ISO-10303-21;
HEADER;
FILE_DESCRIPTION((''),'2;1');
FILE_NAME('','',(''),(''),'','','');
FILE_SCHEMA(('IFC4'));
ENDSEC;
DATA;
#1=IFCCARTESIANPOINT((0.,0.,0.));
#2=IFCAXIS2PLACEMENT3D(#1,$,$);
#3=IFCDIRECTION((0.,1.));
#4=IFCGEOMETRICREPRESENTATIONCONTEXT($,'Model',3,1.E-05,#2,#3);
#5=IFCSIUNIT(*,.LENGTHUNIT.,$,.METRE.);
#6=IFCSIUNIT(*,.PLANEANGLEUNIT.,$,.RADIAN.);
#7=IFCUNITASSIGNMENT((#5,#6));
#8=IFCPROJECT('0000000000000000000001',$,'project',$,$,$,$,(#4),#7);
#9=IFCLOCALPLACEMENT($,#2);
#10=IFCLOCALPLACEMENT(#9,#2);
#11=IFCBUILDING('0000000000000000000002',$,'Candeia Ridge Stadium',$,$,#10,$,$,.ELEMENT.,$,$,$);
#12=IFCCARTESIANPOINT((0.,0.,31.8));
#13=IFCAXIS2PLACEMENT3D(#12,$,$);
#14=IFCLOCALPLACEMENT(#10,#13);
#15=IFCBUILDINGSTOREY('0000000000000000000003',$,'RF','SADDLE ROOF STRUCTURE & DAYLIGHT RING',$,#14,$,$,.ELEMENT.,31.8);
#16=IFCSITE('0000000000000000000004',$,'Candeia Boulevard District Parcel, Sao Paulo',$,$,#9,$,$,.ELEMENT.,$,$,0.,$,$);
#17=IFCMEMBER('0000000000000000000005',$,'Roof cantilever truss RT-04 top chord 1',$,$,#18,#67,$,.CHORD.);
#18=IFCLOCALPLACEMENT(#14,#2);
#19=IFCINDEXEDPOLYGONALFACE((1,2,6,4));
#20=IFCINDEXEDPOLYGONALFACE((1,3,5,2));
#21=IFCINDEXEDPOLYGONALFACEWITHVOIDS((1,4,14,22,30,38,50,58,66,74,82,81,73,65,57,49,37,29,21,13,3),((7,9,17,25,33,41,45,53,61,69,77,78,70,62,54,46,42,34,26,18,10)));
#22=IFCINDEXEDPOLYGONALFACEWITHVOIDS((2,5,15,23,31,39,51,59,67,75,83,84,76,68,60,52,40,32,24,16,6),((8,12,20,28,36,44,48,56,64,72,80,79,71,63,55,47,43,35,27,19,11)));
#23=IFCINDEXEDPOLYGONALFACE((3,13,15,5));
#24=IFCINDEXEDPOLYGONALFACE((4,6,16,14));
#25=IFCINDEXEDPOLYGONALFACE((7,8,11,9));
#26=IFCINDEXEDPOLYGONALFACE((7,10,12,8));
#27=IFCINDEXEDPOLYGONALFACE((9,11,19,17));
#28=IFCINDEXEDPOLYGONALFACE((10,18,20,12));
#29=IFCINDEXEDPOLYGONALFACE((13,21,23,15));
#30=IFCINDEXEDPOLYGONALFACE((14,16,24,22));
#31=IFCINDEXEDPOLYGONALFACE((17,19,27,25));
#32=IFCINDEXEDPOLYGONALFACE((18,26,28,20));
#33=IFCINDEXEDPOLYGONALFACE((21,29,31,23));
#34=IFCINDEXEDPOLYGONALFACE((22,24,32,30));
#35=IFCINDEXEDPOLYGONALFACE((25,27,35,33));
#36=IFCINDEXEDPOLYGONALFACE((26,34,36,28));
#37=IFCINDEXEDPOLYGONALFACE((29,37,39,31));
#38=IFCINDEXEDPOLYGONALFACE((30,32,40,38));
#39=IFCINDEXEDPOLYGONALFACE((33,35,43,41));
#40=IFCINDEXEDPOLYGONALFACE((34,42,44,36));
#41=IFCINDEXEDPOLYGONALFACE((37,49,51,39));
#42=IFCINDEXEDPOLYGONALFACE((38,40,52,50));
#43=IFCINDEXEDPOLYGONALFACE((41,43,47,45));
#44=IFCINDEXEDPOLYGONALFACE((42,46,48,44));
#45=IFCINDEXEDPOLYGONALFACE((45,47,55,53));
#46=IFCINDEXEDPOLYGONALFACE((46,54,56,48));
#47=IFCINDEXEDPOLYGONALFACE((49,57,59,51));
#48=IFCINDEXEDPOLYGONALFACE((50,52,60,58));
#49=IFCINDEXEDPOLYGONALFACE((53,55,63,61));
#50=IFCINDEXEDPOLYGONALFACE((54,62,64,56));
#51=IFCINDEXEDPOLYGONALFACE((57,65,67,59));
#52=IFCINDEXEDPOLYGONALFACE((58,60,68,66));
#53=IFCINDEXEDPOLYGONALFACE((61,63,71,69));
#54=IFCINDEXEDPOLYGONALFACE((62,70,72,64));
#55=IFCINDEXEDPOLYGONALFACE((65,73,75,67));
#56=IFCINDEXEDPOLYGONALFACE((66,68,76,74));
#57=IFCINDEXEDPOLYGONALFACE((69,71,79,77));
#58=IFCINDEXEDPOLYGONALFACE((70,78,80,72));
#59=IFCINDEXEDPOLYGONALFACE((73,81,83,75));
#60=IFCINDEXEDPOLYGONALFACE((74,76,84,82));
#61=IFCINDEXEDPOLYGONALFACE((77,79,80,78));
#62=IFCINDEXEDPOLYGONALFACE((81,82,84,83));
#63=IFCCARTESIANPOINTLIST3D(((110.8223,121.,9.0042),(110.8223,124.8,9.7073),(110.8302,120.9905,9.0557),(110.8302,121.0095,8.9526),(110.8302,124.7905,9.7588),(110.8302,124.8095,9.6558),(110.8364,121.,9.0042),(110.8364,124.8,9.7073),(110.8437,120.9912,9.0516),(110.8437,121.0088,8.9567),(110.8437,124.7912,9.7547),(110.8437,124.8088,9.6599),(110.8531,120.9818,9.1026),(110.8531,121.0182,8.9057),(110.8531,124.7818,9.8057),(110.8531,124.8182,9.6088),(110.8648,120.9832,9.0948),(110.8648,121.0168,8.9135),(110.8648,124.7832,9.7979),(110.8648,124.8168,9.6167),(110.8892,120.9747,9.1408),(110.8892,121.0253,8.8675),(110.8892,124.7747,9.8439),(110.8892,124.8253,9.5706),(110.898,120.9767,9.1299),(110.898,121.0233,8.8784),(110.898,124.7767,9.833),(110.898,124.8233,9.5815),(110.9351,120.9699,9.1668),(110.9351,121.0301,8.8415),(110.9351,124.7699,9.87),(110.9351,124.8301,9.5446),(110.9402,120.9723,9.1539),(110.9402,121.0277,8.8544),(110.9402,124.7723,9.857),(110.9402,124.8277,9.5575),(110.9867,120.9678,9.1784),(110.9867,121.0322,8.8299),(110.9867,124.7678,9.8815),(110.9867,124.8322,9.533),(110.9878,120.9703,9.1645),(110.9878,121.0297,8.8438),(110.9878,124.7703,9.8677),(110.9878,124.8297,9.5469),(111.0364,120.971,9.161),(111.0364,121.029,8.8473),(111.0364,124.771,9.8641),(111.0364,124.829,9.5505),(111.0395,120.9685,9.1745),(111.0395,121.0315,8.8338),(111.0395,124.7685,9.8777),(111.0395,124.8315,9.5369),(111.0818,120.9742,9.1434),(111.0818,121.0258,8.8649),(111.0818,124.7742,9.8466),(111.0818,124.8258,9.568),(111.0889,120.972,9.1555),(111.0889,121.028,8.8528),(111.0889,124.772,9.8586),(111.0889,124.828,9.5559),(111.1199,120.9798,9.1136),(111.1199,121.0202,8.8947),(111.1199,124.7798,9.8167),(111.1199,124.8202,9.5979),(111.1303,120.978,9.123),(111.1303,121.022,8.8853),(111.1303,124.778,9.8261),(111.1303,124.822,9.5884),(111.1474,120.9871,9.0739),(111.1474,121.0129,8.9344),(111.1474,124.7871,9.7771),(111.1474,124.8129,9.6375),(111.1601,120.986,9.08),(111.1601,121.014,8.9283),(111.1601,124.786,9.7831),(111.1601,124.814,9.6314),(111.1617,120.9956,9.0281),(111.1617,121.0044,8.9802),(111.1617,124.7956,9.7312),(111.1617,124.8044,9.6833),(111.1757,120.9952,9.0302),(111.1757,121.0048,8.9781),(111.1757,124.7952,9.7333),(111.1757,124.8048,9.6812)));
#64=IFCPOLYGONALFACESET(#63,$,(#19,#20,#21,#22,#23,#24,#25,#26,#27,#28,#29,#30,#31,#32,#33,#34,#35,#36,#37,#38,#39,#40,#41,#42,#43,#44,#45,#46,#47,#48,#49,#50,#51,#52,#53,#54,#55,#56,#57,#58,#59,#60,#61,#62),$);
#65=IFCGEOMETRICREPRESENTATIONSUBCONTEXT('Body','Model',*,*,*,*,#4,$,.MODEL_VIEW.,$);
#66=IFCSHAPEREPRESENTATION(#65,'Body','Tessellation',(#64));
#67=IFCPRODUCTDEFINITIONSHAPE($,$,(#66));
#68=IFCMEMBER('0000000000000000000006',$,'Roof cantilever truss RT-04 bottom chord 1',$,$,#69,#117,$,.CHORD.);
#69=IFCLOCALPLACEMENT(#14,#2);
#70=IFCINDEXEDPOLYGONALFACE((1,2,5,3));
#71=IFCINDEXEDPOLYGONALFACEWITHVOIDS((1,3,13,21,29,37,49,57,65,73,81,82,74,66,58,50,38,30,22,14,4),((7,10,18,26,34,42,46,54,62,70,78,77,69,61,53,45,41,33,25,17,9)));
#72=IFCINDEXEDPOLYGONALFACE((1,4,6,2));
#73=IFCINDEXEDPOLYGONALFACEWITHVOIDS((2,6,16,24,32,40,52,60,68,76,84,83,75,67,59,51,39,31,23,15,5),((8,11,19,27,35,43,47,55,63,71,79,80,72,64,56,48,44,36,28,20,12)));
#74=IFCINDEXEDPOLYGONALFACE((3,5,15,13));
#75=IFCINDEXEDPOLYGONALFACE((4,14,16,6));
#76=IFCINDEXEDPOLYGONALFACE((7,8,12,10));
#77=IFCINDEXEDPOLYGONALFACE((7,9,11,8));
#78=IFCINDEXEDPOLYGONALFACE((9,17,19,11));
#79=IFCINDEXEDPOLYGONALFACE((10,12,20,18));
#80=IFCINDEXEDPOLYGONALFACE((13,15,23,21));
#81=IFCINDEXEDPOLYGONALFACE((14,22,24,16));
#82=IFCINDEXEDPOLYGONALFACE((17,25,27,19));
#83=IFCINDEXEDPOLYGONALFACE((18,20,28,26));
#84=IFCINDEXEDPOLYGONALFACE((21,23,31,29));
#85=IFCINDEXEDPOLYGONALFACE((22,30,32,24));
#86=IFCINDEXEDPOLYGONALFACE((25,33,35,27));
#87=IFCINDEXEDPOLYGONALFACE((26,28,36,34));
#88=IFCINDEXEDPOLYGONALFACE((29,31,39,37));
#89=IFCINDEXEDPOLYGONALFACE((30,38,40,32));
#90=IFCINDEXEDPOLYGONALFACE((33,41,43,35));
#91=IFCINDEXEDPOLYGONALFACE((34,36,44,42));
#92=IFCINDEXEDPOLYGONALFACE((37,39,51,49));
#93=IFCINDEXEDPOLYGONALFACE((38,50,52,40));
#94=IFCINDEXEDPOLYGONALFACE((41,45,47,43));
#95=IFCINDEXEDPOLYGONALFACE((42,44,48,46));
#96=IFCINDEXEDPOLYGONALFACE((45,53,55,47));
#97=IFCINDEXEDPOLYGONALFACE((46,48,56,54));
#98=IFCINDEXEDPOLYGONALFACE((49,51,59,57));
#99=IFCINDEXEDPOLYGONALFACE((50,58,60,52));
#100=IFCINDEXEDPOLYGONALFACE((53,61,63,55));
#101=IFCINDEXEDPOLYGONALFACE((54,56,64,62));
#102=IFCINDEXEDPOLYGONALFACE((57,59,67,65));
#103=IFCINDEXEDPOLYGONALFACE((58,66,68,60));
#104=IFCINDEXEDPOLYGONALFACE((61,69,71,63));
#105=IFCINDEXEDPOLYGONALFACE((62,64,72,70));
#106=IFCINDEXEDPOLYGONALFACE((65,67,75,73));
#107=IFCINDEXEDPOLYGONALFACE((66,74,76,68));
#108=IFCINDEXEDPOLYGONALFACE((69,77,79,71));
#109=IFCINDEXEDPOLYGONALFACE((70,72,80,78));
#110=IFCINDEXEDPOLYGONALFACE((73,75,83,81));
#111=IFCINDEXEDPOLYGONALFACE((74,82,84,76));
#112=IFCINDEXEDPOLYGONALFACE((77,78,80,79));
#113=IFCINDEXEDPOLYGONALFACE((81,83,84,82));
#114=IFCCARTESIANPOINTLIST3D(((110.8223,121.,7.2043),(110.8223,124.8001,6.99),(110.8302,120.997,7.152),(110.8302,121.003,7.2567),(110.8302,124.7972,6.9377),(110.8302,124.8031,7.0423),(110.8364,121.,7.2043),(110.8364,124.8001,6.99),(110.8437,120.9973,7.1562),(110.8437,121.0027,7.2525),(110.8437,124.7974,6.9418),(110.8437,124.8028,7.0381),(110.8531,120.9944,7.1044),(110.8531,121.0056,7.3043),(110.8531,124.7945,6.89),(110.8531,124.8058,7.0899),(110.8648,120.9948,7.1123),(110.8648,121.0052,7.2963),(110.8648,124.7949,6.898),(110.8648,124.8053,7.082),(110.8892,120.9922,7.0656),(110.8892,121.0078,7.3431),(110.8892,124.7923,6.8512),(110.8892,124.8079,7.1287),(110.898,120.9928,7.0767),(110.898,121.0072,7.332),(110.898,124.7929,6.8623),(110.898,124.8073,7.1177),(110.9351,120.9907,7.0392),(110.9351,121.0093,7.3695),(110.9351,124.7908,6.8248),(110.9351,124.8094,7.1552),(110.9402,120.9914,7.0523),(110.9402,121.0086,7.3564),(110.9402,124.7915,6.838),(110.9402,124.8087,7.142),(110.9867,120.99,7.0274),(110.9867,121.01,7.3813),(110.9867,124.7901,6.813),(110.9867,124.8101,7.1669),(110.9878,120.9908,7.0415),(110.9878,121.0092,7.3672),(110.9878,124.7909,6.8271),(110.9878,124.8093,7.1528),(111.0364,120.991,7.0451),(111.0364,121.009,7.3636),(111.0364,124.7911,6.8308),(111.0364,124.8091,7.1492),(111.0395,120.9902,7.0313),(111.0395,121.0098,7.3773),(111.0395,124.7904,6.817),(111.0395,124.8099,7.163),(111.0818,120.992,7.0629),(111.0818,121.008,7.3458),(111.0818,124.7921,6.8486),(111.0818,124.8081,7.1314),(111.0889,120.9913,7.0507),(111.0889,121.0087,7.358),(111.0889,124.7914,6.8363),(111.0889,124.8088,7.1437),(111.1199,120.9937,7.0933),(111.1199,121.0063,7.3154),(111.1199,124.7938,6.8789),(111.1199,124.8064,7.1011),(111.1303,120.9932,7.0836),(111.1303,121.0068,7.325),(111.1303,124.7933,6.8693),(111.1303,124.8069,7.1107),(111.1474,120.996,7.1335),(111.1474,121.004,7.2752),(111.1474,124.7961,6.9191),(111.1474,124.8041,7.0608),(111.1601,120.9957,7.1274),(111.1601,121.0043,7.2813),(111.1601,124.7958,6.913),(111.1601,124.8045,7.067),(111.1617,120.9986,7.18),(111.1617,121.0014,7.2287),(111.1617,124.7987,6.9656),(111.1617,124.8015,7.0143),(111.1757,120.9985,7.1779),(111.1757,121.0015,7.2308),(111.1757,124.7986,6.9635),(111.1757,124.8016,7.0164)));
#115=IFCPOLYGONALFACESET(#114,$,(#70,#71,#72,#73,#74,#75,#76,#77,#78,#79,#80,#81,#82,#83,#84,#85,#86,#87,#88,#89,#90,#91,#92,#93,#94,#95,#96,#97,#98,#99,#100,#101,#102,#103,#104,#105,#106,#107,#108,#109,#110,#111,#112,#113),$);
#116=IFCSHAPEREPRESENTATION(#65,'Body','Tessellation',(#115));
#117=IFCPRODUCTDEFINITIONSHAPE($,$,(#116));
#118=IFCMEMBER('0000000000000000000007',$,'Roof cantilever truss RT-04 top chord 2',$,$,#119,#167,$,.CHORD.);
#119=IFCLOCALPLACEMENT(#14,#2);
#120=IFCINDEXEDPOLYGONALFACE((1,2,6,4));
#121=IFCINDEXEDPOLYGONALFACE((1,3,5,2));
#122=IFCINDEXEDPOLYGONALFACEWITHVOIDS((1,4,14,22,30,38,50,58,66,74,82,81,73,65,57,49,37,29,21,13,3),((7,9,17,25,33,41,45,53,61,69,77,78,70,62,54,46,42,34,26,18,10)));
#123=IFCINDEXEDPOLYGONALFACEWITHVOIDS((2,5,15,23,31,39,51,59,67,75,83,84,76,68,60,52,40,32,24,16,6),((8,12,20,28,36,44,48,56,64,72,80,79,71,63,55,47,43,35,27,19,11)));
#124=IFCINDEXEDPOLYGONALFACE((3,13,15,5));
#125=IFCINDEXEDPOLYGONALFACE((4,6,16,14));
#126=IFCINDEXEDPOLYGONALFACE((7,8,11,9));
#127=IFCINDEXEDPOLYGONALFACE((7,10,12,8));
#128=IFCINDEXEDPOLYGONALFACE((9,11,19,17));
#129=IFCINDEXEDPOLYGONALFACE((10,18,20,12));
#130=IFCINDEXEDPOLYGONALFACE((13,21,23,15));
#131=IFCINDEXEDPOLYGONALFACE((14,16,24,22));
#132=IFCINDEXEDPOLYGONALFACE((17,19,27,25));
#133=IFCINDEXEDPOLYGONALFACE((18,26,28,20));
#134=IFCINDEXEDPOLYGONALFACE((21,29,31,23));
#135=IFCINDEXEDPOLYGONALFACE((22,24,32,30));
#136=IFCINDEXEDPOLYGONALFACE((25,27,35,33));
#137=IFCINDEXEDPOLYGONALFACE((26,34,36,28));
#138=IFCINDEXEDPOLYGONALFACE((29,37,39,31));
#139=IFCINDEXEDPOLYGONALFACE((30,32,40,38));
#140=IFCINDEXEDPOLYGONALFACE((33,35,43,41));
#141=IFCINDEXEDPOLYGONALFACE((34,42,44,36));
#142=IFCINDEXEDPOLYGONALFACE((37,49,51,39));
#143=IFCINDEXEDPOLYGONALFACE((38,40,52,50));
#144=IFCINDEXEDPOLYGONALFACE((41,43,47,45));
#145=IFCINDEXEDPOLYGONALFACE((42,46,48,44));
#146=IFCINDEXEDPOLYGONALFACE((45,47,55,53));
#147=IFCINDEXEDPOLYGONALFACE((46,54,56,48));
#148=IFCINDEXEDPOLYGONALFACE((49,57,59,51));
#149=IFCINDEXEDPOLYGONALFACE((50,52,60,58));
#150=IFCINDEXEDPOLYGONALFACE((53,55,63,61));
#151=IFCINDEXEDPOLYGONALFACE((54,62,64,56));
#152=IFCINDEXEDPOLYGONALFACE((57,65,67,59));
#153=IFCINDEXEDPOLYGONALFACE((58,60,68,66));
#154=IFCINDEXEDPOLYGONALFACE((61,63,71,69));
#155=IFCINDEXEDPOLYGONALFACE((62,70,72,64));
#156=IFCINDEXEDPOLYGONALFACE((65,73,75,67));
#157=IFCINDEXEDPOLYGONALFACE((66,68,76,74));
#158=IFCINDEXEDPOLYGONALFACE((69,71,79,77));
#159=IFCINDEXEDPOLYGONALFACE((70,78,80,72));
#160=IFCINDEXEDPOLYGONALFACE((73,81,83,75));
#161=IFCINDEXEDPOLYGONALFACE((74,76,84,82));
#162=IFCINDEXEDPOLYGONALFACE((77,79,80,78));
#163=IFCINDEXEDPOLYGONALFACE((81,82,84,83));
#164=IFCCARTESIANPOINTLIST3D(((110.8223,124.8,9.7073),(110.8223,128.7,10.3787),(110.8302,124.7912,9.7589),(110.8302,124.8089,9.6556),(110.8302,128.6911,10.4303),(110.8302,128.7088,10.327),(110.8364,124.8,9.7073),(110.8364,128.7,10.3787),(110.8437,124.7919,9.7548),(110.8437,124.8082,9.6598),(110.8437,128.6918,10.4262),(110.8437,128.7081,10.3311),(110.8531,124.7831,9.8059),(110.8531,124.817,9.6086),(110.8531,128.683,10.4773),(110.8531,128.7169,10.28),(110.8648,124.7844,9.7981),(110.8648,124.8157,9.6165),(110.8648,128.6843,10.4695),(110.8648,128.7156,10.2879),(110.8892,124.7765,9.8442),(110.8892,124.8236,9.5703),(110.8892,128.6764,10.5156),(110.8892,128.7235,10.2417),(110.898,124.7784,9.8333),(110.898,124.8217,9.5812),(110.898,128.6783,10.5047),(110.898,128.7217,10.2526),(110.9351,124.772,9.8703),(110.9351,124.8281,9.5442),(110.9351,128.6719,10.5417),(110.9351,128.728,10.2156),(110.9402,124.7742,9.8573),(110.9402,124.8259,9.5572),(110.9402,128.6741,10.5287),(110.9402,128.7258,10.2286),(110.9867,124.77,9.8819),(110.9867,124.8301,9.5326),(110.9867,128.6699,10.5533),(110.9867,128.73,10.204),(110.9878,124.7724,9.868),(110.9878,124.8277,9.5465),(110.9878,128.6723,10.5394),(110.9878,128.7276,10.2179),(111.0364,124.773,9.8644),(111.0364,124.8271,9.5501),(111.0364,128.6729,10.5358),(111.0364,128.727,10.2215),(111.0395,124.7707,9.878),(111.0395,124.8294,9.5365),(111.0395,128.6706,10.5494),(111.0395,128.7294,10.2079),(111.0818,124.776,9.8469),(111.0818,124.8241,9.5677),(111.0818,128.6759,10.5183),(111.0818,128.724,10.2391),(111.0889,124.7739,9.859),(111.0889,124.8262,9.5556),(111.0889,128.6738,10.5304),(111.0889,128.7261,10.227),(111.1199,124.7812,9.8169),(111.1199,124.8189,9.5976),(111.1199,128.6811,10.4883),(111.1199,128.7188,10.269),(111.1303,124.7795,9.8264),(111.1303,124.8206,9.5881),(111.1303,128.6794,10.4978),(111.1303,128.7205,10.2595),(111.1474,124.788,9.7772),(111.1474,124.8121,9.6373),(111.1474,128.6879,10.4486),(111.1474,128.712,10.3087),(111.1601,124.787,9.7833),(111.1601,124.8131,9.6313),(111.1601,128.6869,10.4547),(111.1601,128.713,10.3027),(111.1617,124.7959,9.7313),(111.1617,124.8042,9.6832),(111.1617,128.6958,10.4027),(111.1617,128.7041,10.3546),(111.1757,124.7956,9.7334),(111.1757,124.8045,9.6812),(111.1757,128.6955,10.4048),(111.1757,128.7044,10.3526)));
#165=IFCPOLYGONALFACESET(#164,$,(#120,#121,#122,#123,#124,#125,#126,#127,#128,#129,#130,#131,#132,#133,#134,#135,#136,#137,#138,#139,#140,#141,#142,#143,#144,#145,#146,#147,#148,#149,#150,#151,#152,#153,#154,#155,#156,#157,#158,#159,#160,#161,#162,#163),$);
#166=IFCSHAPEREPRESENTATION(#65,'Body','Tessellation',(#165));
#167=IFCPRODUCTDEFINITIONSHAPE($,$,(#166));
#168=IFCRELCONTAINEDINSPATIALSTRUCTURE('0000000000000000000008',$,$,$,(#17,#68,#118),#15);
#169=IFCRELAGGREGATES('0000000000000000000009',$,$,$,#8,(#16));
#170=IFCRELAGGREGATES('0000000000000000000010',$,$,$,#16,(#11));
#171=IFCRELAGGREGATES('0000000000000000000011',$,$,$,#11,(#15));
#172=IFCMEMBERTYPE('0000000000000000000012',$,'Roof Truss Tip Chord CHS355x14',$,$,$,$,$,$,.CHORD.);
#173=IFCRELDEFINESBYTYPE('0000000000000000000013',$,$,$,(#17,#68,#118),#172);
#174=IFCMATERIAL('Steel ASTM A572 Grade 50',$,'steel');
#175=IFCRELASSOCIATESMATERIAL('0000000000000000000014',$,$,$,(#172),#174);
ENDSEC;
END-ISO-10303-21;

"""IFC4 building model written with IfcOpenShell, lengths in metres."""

from ifc_helpers import new_model, si_unit, direction, frame, origin, origin_2d, place, context, subcontext, project, spatial, hollow_circle, extrude, material, material_profile, profile_set, type_object, element, save


model = new_model("IFC4")

# Units and contexts
model_context = context("Model", 3, precision=1e-05, world=origin(), true_north=direction((0.0, 1.0)))
body_context = subcontext(model_context, "Body", "Model", "MODEL_VIEW")
ifc_project = project(units=[si_unit("LENGTHUNIT", "METRE"), si_unit("PLANEANGLEUNIT", "RADIAN")], contexts=[model_context])

# Site, building, storey
site_placement = place(None, origin())
site = spatial("IfcSite", under=ifc_project, at=site_placement, Name="Candeia Boulevard District Parcel, Sao Paulo", CompositionType="ELEMENT", RefElevation=0.0)
building_placement = place(site_placement, origin())
building = spatial("IfcBuilding", under=site, at=building_placement, Name="Candeia Ridge Stadium", CompositionType="ELEMENT")
storey_placement = place(building_placement, frame((0.0, 0.0, 31.8)))
storey = spatial("IfcBuildingStorey", under=building, at=storey_placement, Name="RF", Description="SADDLE ROOF STRUCTURE & DAYLIGHT RING", CompositionType="ELEMENT", Elevation=31.8)

# Shared definitions
ifc_material_1 = material(Name="Steel ASTM A572 Grade 50", Category="steel")

# Members
ifc_material_profile_1 = material_profile(ifc_material_1, hollow_circle(Radius=0.1777, WallThickness=0.0142, at=origin_2d()), Name="CHS355x14", Category="steel")
ifc_profile_set_1 = profile_set([ifc_material_profile_1], Name="Steel ASTM A572 Grade 50")
member_type_1 = type_object("IfcMemberType", Name="Roof Truss Tip Chord CHS355x14", PredefinedType="CHORD", material=ifc_profile_set_1)
member_1_placement = place(storey_placement, frame((111.0, 121.0, 9.0042), z_axis=(0.0, 0.983309, 0.181942), x_axis=(-1.0, 0.0, 0.0)))
element("IfcMember", 1, at=member_1_placement, inside=storey, type_object=member_type_1, Name="Roof cantilever truss RT-04 top chord 1", PredefinedType="CHORD", context=body_context, shape_type="SweptSolid", body=[
    extrude(hollow_circle(Radius=0.1777, WallThickness=0.0142, at=origin_2d()), origin(), (0.0, 0.0, 1.0), 3.8645),
])
member_2_placement = place(storey_placement, frame((111.0, 121.0, 7.2043), z_axis=(0.0, 0.998413, -0.056319), x_axis=(-1.0, 0.0, 0.0)))
element("IfcMember", 2, at=member_2_placement, inside=storey, type_object=member_type_1, Name="Roof cantilever truss RT-04 bottom chord 1", PredefinedType="CHORD", context=body_context, shape_type="SweptSolid", body=[
    extrude(hollow_circle(Radius=0.1777, WallThickness=0.0142, at=origin_2d()), origin(), (0.0, 0.0, 1.0), 3.8062),
])
member_3_placement = place(storey_placement, frame((111.0, 124.8, 9.7073), z_axis=(0.0, 0.985503, 0.169659), x_axis=(-1.0, 0.0, 0.0)))
element("IfcMember", 3, at=member_3_placement, inside=storey, type_object=member_type_1, Name="Roof cantilever truss RT-04 top chord 2", PredefinedType="CHORD", context=body_context, shape_type="SweptSolid", body=[
    extrude(hollow_circle(Radius=0.1777, WallThickness=0.0142, at=origin_2d()), origin(), (0.0, 0.0, 1.0), 3.9573),
])

save(model, "model.ifc")
